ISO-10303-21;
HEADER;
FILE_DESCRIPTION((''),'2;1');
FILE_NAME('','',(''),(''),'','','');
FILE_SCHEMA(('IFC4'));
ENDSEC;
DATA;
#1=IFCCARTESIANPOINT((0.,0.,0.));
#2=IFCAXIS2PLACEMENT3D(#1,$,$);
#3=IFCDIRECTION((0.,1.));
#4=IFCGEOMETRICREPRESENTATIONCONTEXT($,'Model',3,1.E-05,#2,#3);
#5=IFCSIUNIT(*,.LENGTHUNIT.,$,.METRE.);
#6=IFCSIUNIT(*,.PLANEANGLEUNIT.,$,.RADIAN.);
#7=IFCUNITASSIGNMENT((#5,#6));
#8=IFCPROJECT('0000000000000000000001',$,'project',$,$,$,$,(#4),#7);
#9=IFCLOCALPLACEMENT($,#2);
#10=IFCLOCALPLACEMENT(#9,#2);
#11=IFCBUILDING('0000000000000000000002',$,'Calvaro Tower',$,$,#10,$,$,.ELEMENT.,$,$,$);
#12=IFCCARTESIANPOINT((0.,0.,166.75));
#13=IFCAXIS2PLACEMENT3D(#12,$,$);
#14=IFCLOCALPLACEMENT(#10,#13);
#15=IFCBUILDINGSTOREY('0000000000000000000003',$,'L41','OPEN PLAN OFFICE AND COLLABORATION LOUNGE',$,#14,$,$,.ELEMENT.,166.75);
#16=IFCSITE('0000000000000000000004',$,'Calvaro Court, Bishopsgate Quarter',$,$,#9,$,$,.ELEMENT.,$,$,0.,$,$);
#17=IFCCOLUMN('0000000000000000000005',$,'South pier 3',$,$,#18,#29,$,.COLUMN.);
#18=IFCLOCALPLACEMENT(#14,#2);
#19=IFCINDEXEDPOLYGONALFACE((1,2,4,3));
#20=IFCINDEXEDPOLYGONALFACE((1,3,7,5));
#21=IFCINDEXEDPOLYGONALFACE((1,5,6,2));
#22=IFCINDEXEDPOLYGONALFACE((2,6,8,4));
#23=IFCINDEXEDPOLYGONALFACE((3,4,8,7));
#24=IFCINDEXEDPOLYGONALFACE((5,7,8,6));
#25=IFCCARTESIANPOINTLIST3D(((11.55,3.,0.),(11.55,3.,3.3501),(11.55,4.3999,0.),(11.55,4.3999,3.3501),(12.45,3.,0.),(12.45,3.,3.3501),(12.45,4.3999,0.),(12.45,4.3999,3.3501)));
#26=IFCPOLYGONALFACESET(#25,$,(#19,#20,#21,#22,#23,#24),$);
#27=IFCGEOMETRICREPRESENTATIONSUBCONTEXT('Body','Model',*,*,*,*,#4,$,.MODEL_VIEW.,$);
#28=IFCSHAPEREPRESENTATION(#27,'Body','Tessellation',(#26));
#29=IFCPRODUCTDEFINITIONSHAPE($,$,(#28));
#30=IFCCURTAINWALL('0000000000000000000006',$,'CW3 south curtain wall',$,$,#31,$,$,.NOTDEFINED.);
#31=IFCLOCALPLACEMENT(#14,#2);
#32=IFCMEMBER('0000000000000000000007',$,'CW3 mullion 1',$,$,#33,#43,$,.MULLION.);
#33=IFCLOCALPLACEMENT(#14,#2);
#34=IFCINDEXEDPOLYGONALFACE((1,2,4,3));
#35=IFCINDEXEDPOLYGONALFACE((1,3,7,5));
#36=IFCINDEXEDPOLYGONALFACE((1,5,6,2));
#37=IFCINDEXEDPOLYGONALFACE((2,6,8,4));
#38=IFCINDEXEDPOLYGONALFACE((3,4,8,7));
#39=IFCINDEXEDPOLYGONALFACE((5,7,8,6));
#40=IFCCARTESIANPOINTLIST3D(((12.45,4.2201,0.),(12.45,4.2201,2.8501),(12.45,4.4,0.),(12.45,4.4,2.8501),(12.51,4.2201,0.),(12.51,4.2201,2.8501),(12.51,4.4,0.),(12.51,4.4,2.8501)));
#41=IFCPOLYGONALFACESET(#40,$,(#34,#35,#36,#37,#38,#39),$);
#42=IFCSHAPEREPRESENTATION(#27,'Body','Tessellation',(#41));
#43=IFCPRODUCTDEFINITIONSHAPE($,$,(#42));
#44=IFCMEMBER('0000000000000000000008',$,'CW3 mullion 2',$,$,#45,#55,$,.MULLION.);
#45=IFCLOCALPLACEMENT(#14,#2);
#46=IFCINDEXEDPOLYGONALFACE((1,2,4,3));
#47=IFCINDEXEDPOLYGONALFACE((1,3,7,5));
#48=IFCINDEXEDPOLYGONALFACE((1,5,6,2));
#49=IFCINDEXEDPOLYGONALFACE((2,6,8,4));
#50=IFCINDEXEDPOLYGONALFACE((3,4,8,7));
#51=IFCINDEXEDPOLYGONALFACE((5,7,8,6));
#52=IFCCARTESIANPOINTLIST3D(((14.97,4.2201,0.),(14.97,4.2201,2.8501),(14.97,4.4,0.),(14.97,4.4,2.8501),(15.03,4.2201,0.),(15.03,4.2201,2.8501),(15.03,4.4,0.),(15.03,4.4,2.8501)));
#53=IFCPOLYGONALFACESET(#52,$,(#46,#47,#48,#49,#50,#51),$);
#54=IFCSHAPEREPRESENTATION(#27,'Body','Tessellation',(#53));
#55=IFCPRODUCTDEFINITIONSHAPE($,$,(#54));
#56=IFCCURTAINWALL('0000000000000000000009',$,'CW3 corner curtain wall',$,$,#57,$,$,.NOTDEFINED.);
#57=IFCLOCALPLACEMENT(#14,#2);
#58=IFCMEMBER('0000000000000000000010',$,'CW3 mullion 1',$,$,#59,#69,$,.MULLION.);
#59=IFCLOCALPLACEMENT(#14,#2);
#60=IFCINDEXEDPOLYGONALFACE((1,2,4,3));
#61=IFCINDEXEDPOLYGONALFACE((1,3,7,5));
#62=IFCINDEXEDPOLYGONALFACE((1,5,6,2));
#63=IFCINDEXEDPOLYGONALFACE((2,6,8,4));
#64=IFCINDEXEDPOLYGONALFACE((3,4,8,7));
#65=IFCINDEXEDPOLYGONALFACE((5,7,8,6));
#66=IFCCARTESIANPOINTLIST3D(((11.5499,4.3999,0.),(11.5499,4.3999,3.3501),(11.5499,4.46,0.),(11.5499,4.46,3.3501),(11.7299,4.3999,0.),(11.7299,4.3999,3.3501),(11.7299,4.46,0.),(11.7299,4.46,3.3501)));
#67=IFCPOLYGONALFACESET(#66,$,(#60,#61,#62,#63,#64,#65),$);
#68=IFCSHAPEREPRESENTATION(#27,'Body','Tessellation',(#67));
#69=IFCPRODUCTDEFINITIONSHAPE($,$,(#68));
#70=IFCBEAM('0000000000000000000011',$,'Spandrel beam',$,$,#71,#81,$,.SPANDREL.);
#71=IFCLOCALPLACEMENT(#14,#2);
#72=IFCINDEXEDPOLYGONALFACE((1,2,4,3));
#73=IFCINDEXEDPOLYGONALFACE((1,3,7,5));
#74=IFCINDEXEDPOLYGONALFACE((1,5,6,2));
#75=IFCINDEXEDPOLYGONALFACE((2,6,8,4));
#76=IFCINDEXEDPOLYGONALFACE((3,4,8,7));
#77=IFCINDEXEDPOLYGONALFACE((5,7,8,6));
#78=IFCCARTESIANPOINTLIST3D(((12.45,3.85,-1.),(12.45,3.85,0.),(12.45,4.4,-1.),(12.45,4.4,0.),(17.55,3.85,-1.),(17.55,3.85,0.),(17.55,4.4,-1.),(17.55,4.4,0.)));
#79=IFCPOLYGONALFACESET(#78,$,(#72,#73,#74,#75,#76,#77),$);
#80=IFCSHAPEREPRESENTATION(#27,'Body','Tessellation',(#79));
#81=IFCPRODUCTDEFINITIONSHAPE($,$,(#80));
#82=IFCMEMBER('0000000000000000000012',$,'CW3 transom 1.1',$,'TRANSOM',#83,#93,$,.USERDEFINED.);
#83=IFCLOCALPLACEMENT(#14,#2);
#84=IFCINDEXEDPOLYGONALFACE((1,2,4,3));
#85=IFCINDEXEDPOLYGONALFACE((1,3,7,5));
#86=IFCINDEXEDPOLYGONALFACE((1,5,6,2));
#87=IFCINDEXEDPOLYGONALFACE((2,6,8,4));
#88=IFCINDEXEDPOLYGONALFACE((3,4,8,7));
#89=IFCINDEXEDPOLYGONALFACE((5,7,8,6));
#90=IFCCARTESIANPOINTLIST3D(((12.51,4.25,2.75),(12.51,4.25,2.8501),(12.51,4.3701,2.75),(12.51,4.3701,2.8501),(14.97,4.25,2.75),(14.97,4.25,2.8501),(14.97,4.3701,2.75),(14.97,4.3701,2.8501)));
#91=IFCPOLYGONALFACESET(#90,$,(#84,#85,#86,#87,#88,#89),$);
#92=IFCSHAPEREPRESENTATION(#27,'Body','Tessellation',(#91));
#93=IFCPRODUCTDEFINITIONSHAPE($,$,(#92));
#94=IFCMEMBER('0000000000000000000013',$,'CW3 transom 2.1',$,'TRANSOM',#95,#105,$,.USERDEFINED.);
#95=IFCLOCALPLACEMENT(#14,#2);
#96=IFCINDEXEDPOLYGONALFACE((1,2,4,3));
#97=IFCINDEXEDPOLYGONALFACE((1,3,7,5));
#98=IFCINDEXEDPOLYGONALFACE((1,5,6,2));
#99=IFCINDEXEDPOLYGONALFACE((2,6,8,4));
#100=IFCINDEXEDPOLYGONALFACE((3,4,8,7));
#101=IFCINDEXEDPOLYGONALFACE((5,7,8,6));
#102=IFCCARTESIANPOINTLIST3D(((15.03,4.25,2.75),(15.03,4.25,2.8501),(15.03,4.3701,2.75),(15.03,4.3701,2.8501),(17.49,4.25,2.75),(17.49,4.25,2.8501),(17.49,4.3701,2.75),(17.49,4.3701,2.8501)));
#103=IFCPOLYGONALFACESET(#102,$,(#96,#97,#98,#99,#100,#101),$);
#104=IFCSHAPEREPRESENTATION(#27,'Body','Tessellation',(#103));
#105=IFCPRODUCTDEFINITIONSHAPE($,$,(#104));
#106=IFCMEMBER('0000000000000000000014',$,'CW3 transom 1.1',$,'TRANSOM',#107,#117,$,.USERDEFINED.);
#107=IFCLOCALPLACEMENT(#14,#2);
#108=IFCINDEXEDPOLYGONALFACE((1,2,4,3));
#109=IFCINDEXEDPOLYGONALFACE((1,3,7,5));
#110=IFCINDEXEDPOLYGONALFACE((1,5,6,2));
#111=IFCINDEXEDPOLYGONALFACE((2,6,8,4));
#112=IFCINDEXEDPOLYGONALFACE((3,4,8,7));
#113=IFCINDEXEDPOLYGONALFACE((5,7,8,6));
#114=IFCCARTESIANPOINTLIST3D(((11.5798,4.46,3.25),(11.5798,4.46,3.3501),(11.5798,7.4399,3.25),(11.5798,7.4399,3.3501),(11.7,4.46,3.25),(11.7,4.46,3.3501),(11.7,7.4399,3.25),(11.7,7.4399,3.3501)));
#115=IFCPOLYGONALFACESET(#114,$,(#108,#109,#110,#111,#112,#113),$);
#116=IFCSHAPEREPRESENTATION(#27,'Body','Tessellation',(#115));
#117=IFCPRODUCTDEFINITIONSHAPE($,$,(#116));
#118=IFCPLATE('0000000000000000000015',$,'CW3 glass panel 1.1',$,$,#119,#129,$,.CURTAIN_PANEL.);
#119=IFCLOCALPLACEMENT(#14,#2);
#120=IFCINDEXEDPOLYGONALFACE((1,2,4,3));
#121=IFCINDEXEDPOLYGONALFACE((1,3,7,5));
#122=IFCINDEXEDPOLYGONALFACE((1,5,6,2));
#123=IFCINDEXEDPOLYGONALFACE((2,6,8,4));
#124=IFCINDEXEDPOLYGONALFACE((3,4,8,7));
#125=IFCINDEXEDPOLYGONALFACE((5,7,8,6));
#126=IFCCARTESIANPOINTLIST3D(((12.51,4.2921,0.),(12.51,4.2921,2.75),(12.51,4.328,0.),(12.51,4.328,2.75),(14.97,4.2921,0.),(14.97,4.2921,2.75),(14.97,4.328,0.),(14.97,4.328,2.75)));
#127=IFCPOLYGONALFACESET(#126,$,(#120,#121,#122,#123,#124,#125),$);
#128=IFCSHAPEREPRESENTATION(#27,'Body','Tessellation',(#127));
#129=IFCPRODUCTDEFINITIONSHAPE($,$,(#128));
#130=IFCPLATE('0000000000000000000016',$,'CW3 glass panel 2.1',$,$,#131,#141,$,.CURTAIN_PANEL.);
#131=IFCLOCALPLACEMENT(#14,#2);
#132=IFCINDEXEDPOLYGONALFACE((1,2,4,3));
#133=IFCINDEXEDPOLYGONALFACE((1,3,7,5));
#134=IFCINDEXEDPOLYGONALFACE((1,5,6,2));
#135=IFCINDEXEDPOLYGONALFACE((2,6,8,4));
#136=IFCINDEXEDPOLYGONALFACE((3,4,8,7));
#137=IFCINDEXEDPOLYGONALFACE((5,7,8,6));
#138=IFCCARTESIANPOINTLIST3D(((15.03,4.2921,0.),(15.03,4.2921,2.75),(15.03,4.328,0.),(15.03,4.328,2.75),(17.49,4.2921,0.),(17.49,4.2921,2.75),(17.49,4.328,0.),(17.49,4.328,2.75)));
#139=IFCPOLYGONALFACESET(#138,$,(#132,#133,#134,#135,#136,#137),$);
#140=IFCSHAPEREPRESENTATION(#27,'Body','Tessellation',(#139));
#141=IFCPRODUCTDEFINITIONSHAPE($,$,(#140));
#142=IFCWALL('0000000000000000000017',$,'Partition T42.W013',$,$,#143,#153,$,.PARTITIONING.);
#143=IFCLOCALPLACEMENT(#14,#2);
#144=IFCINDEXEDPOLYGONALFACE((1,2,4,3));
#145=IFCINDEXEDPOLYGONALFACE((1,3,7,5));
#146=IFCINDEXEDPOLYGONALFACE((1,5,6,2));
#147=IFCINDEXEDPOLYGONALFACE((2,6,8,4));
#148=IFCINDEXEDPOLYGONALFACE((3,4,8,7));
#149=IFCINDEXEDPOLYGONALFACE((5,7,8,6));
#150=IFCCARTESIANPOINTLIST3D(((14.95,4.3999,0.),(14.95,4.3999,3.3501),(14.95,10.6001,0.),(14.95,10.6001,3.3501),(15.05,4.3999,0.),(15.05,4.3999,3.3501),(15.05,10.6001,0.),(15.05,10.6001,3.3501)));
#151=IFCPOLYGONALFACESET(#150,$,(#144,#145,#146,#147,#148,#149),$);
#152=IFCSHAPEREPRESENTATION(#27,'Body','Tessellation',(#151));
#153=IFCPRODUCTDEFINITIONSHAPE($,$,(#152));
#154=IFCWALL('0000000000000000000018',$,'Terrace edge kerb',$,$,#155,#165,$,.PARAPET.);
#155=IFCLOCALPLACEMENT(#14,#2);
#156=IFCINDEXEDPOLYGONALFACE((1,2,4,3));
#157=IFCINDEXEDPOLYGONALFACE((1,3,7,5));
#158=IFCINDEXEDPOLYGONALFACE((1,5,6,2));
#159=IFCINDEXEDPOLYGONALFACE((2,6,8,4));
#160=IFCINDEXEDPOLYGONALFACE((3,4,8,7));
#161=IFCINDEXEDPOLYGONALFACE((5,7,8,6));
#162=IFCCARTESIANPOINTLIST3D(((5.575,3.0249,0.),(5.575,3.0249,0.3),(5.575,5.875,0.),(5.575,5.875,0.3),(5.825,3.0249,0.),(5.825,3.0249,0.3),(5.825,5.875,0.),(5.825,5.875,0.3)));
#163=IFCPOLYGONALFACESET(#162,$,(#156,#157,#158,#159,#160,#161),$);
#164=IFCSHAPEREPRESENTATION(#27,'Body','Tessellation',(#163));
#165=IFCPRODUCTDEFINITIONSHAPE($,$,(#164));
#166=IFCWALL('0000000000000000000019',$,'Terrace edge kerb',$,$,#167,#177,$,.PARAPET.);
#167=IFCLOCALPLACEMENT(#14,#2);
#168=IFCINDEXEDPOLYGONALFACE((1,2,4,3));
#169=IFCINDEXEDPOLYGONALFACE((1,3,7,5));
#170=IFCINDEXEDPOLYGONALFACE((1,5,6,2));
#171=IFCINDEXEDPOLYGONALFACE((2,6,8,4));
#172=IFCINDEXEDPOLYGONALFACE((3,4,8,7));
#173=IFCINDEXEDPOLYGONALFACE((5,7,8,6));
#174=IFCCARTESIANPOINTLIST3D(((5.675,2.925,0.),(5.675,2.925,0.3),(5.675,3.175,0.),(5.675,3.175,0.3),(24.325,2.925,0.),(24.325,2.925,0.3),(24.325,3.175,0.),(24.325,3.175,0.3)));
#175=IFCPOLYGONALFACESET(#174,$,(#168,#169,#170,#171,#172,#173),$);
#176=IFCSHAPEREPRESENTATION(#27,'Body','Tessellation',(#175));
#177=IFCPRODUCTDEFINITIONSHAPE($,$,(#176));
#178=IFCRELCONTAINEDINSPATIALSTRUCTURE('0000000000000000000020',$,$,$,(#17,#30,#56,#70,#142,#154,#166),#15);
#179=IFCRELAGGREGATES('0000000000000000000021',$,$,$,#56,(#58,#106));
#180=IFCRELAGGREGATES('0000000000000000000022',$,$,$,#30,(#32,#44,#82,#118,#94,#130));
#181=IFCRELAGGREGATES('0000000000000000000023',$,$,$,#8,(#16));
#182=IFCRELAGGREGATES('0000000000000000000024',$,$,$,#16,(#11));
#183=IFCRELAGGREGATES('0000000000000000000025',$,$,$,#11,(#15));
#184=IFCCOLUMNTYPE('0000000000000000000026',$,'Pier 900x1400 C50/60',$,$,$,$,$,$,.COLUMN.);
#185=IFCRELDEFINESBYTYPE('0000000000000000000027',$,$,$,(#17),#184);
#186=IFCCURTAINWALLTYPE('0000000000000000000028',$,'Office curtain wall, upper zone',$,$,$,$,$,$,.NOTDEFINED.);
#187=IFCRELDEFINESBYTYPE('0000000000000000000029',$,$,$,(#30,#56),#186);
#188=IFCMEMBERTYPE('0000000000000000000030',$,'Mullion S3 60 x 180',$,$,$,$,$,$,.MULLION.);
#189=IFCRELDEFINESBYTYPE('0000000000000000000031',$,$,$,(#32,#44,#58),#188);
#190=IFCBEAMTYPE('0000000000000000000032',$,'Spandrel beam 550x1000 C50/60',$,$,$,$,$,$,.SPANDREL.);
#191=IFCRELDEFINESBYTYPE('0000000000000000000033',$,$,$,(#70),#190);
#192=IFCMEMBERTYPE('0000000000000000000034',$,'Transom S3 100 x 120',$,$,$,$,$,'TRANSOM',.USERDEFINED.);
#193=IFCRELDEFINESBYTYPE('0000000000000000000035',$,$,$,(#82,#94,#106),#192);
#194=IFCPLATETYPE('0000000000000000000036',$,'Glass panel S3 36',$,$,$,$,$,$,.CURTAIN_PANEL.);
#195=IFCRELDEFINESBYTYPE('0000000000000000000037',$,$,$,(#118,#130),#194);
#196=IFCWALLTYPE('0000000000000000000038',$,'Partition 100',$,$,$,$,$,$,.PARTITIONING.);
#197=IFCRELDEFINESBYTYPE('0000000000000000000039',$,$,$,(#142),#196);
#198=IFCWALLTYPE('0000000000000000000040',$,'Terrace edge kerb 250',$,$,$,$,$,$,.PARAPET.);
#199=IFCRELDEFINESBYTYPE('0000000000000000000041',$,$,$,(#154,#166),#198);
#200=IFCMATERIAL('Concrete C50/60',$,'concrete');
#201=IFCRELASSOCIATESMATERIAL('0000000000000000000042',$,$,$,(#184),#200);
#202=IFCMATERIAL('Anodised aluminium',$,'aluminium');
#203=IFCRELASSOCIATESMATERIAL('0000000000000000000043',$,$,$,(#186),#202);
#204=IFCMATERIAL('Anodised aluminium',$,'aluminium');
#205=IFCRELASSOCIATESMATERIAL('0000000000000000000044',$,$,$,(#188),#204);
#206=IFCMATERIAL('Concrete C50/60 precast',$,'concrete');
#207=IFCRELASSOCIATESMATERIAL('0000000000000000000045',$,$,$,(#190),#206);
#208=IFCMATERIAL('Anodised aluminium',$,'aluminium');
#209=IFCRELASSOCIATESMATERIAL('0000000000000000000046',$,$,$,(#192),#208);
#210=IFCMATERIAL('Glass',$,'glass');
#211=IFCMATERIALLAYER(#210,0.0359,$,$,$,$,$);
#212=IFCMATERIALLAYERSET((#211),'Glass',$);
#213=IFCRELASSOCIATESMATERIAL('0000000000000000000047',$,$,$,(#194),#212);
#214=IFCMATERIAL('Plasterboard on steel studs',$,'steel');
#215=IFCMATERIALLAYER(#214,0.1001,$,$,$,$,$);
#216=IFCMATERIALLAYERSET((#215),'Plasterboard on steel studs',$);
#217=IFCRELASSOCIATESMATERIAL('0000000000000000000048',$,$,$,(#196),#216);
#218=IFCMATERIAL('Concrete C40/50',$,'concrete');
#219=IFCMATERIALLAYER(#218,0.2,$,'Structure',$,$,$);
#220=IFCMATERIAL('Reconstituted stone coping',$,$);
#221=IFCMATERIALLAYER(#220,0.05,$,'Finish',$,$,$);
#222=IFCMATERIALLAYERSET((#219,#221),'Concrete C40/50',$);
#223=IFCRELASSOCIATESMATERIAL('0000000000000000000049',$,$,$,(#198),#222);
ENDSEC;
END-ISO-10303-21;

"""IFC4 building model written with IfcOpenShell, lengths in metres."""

from ifc_helpers import new_model, si_unit, direction, frame, frame_2d, origin, origin_2d, place, context, subcontext, project, spatial, rectangle, extrude, material, layer, layer_set, material_profile, profile_set, type_object, element, aggregate, save


model = new_model("IFC4")

# Units and contexts
model_context = context("Model", 3, precision=1e-05, world=origin(), true_north=direction((0.0, 1.0)))
body_context = subcontext(model_context, "Body", "Model", "MODEL_VIEW")
ifc_project = project(units=[si_unit("LENGTHUNIT", "METRE"), si_unit("PLANEANGLEUNIT", "RADIAN")], contexts=[model_context])

# Site, building, storey
site_placement = place(None, origin())
site = spatial("IfcSite", under=ifc_project, at=site_placement, Name="Calvaro Court, Bishopsgate Quarter", CompositionType="ELEMENT", RefElevation=0.0)
building_placement = place(site_placement, origin())
building = spatial("IfcBuilding", under=site, at=building_placement, Name="Calvaro Tower", CompositionType="ELEMENT")
storey_placement = place(building_placement, frame((0.0, 0.0, 166.75)))
storey = spatial("IfcBuildingStorey", under=building, at=storey_placement, Name="L41", Description="OPEN PLAN OFFICE AND COLLABORATION LOUNGE", CompositionType="ELEMENT", Elevation=166.75)

# Column
ifc_material_1 = material(Name="Concrete C50/60", Category="concrete")
ifc_material_profile_1 = material_profile(ifc_material_1, rectangle(XDim=0.8999, YDim=1.3999, at=origin_2d()), Name="RC 900x1400")
ifc_profile_set_1 = profile_set([ifc_material_profile_1], Name="Concrete C50/60")
column_type = type_object("IfcColumnType", Name="Pier 900x1400 C50/60", PredefinedType="COLUMN", material=ifc_profile_set_1)
column_placement = place(storey_placement, frame((12.0, 3.7, 0.0), z_axis=(0.0, 0.0, 1.0), x_axis=(1.0, 0.0, 0.0)))
element("IfcColumn", 1, at=column_placement, inside=storey, type_object=column_type, Name="South pier 3", PredefinedType="COLUMN", context=body_context, shape_type="SweptSolid", body=[
    extrude(rectangle(XDim=0.8999, YDim=1.3999, at=origin_2d()), origin(), (0.0, 0.0, 1.0), 3.3501),
])

# Curtain wall, members
ifc_material_2 = material(Name="Anodised aluminium", Category="aluminium")
curtain_wall_type = type_object("IfcCurtainWallType", Name="Office curtain wall, upper zone", PredefinedType="NOTDEFINED", material=ifc_material_2)
curtain_wall_1_placement = place(storey_placement, origin())
curtain_wall_1 = element("IfcCurtainWall", 2, at=curtain_wall_1_placement, inside=storey, type_object=curtain_wall_type, Name="CW3 south curtain wall", PredefinedType="NOTDEFINED")
ifc_material_3 = material(Name="Anodised aluminium", Category="aluminium")
ifc_material_profile_2 = material_profile(ifc_material_3, rectangle(XDim=0.1799, YDim=0.0601, at=origin_2d()), Name="Mullion S3 60 x 180")
ifc_profile_set_2 = profile_set([ifc_material_profile_2], Name="Anodised aluminium")
member_type_1 = type_object("IfcMemberType", Name="Mullion S3 60 x 180", PredefinedType="MULLION", material=ifc_profile_set_2)
member_1_placement = place(storey_placement, frame((12.48, 4.3101, 0.0), z_axis=(0.0, 0.0, 1.0), x_axis=(0.0, 1.0, 0.0)))
member_1 = element("IfcMember", 3, at=member_1_placement, type_object=member_type_1, Name="CW3 mullion 1", PredefinedType="MULLION", context=body_context, shape_type="SweptSolid", body=[
    extrude(rectangle(XDim=0.1799, YDim=0.0601, at=origin_2d()), origin(), (0.0, 0.0, 1.0), 2.8501),
])
member_2_placement = place(storey_placement, frame((15.0, 4.3101, 0.0), z_axis=(0.0, 0.0, 1.0), x_axis=(0.0, 1.0, 0.0)))
member_2 = element("IfcMember", 4, at=member_2_placement, type_object=member_type_1, Name="CW3 mullion 2", PredefinedType="MULLION", context=body_context, shape_type="SweptSolid", body=[
    extrude(rectangle(XDim=0.1799, YDim=0.0601, at=origin_2d()), origin(), (0.0, 0.0, 1.0), 2.8501),
])

# Curtain wall, member
curtain_wall_2_placement = place(storey_placement, origin())
curtain_wall_2 = element("IfcCurtainWall", 5, at=curtain_wall_2_placement, inside=storey, type_object=curtain_wall_type, Name="CW3 corner curtain wall", PredefinedType="NOTDEFINED")
member_3_placement = place(storey_placement, frame((11.6399, 4.4299, 0.0), z_axis=(0.0, 0.0, 1.0), x_axis=(-1.0, 0.0, 0.0)))
member_3 = element("IfcMember", 6, at=member_3_placement, type_object=member_type_1, Name="CW3 mullion 1", PredefinedType="MULLION", context=body_context, shape_type="SweptSolid", body=[
    extrude(rectangle(XDim=0.1799, YDim=0.0601, at=origin_2d()), origin(), (0.0, 0.0, 1.0), 3.3501),
])

# Beam
ifc_material_4 = material(Name="Concrete C50/60 precast", Category="concrete")
ifc_material_profile_3 = material_profile(ifc_material_4, rectangle(XDim=0.55, YDim=1.0, at=origin_2d()), Name="RC 550x1000")
ifc_profile_set_3 = profile_set([ifc_material_profile_3], Name="Concrete C50/60 precast")
beam_type = type_object("IfcBeamType", Name="Spandrel beam 550x1000 C50/60", PredefinedType="SPANDREL", material=ifc_profile_set_3)
beam_placement = place(storey_placement, frame((12.45, 4.125, -0.5), z_axis=(1.0, 0.0, 0.0), x_axis=(0.0, 1.0, 0.0)))
element("IfcBeam", 7, at=beam_placement, inside=storey, type_object=beam_type, Name="Spandrel beam", PredefinedType="SPANDREL", context=body_context, shape_type="SweptSolid", body=[
    extrude(rectangle(XDim=0.55, YDim=1.0, at=origin_2d()), origin(), (0.0, 0.0, 1.0), 5.1001),
])

# Members
ifc_material_5 = material(Name="Anodised aluminium", Category="aluminium")
ifc_material_profile_4 = material_profile(ifc_material_5, rectangle(XDim=0.1201, YDim=0.1001, at=origin_2d()), Name="Transom S3 100 x 120")
ifc_profile_set_4 = profile_set([ifc_material_profile_4], Name="Anodised aluminium")
member_type_2 = type_object("IfcMemberType", Name="Transom S3 100 x 120", ElementType="TRANSOM", PredefinedType="USERDEFINED", material=ifc_profile_set_4)
member_4_placement = place(storey_placement, frame((12.51, 4.3101, 2.8), z_axis=(1.0, 0.0, 0.0), x_axis=(0.0, 1.0, 0.0)))
member_4 = element("IfcMember", 8, at=member_4_placement, type_object=member_type_2, Name="CW3 transom 1.1", ObjectType="TRANSOM", PredefinedType="USERDEFINED", context=body_context, shape_type="SweptSolid", body=[
    extrude(rectangle(XDim=0.1201, YDim=0.1001, at=origin_2d()), origin(), (0.0, 0.0, 1.0), 2.46),
])
member_5_placement = place(storey_placement, frame((15.03, 4.3101, 2.8), z_axis=(1.0, 0.0, 0.0), x_axis=(0.0, 1.0, 0.0)))
member_5 = element("IfcMember", 9, at=member_5_placement, type_object=member_type_2, Name="CW3 transom 2.1", ObjectType="TRANSOM", PredefinedType="USERDEFINED", context=body_context, shape_type="SweptSolid", body=[
    extrude(rectangle(XDim=0.1201, YDim=0.1001, at=origin_2d()), origin(), (0.0, 0.0, 1.0), 2.46),
])
member_6_placement = place(storey_placement, frame((11.6399, 4.46, 3.3), z_axis=(0.0, 1.0, 0.0), x_axis=(-1.0, 0.0, 0.0)))
member_6 = element("IfcMember", 10, at=member_6_placement, type_object=member_type_2, Name="CW3 transom 1.1", ObjectType="TRANSOM", PredefinedType="USERDEFINED", context=body_context, shape_type="SweptSolid", body=[
    extrude(rectangle(XDim=0.1201, YDim=0.1001, at=origin_2d()), origin(), (0.0, 0.0, 1.0), 2.98),
])
aggregate(curtain_wall_2, [member_3, member_6])

# Plates
ifc_material_6 = material(Name="Glass", Category="glass")
ifc_layer_1 = layer(ifc_material_6, 0.0359)
ifc_layer_set_1 = layer_set([ifc_layer_1], Name="Glass")
plate_type = type_object("IfcPlateType", Name="Glass panel S3 36", PredefinedType="CURTAIN_PANEL", material=ifc_layer_set_1)
plate_1_placement = place(storey_placement, frame((13.74, 4.3101, 0.0), z_axis=(0.0, 0.0, 1.0), x_axis=(1.0, 0.0, 0.0)))
plate_1 = element("IfcPlate", 11, at=plate_1_placement, type_object=plate_type, Name="CW3 glass panel 1.1", PredefinedType="CURTAIN_PANEL", context=body_context, shape_type="SweptSolid", body=[
    extrude(rectangle(XDim=2.46, YDim=0.0359, at=origin_2d()), origin(), (0.0, 0.0, 1.0), 2.75),
])
plate_2_placement = place(storey_placement, frame((16.26, 4.3101, 0.0), z_axis=(0.0, 0.0, 1.0), x_axis=(1.0, 0.0, 0.0)))
plate_2 = element("IfcPlate", 12, at=plate_2_placement, type_object=plate_type, Name="CW3 glass panel 2.1", PredefinedType="CURTAIN_PANEL", context=body_context, shape_type="SweptSolid", body=[
    extrude(rectangle(XDim=2.46, YDim=0.0359, at=origin_2d()), origin(), (0.0, 0.0, 1.0), 2.75),
])
aggregate(curtain_wall_1, [member_1, member_2, member_4, plate_1, member_5, plate_2])

# Walls
ifc_material_7 = material(Name="Plasterboard on steel studs", Category="steel")
ifc_layer_2 = layer(ifc_material_7, 0.1001)
ifc_layer_set_2 = layer_set([ifc_layer_2], Name="Plasterboard on steel studs")
wall_type_1 = type_object("IfcWallType", Name="Partition 100", PredefinedType="PARTITIONING", material=ifc_layer_set_2)
wall_1_placement = place(storey_placement, frame((15.0, 4.3999, 0.0), z_axis=(0.0, 0.0, 1.0), x_axis=(0.0, 1.0, 0.0)))
element("IfcWall", 13, at=wall_1_placement, inside=storey, type_object=wall_type_1, Name="Partition T42.W013", PredefinedType="PARTITIONING", context=body_context, shape_type="SweptSolid", body=[
    extrude(rectangle(XDim=6.2002, YDim=0.1001, at=frame_2d((3.1001, 0.0))), origin(), (0.0, 0.0, 1.0), 3.3501),
])
ifc_material_8 = material(Name="Concrete C40/50", Category="concrete")
ifc_layer_3 = layer(ifc_material_8, 0.2, Name="Structure")
ifc_material_9 = material(Name="Reconstituted stone coping")
ifc_layer_4 = layer(ifc_material_9, 0.05, Name="Finish")
ifc_layer_set_3 = layer_set([ifc_layer_3, ifc_layer_4], Name="Concrete C40/50")
wall_type_2 = type_object("IfcWallType", Name="Terrace edge kerb 250", PredefinedType="PARAPET", material=ifc_layer_set_3)
wall_2_placement = place(storey_placement, frame((5.7, 3.0249, 0.0), z_axis=(0.0, 0.0, 1.0), x_axis=(0.0, 1.0, 0.0)))
element("IfcWall", 14, at=wall_2_placement, inside=storey, type_object=wall_type_2, Name="Terrace edge kerb", PredefinedType="PARAPET", context=body_context, shape_type="SweptSolid", body=[
    extrude(rectangle(XDim=2.8501, YDim=0.25, at=frame_2d((1.425, 0.0))), origin(), (0.0, 0.0, 1.0), 0.3),
])
wall_3_placement = place(storey_placement, frame((5.675, 3.05, 0.0), z_axis=(0.0, 0.0, 1.0), x_axis=(1.0, 0.0, 0.0)))
element("IfcWall", 15, at=wall_3_placement, inside=storey, type_object=wall_type_2, Name="Terrace edge kerb", PredefinedType="PARAPET", context=body_context, shape_type="SweptSolid", body=[
    extrude(rectangle(XDim=18.6499, YDim=0.25, at=frame_2d((9.325, 0.0))), origin(), (0.0, 0.0, 1.0), 0.3),
])

save(model, "model.ifc")
